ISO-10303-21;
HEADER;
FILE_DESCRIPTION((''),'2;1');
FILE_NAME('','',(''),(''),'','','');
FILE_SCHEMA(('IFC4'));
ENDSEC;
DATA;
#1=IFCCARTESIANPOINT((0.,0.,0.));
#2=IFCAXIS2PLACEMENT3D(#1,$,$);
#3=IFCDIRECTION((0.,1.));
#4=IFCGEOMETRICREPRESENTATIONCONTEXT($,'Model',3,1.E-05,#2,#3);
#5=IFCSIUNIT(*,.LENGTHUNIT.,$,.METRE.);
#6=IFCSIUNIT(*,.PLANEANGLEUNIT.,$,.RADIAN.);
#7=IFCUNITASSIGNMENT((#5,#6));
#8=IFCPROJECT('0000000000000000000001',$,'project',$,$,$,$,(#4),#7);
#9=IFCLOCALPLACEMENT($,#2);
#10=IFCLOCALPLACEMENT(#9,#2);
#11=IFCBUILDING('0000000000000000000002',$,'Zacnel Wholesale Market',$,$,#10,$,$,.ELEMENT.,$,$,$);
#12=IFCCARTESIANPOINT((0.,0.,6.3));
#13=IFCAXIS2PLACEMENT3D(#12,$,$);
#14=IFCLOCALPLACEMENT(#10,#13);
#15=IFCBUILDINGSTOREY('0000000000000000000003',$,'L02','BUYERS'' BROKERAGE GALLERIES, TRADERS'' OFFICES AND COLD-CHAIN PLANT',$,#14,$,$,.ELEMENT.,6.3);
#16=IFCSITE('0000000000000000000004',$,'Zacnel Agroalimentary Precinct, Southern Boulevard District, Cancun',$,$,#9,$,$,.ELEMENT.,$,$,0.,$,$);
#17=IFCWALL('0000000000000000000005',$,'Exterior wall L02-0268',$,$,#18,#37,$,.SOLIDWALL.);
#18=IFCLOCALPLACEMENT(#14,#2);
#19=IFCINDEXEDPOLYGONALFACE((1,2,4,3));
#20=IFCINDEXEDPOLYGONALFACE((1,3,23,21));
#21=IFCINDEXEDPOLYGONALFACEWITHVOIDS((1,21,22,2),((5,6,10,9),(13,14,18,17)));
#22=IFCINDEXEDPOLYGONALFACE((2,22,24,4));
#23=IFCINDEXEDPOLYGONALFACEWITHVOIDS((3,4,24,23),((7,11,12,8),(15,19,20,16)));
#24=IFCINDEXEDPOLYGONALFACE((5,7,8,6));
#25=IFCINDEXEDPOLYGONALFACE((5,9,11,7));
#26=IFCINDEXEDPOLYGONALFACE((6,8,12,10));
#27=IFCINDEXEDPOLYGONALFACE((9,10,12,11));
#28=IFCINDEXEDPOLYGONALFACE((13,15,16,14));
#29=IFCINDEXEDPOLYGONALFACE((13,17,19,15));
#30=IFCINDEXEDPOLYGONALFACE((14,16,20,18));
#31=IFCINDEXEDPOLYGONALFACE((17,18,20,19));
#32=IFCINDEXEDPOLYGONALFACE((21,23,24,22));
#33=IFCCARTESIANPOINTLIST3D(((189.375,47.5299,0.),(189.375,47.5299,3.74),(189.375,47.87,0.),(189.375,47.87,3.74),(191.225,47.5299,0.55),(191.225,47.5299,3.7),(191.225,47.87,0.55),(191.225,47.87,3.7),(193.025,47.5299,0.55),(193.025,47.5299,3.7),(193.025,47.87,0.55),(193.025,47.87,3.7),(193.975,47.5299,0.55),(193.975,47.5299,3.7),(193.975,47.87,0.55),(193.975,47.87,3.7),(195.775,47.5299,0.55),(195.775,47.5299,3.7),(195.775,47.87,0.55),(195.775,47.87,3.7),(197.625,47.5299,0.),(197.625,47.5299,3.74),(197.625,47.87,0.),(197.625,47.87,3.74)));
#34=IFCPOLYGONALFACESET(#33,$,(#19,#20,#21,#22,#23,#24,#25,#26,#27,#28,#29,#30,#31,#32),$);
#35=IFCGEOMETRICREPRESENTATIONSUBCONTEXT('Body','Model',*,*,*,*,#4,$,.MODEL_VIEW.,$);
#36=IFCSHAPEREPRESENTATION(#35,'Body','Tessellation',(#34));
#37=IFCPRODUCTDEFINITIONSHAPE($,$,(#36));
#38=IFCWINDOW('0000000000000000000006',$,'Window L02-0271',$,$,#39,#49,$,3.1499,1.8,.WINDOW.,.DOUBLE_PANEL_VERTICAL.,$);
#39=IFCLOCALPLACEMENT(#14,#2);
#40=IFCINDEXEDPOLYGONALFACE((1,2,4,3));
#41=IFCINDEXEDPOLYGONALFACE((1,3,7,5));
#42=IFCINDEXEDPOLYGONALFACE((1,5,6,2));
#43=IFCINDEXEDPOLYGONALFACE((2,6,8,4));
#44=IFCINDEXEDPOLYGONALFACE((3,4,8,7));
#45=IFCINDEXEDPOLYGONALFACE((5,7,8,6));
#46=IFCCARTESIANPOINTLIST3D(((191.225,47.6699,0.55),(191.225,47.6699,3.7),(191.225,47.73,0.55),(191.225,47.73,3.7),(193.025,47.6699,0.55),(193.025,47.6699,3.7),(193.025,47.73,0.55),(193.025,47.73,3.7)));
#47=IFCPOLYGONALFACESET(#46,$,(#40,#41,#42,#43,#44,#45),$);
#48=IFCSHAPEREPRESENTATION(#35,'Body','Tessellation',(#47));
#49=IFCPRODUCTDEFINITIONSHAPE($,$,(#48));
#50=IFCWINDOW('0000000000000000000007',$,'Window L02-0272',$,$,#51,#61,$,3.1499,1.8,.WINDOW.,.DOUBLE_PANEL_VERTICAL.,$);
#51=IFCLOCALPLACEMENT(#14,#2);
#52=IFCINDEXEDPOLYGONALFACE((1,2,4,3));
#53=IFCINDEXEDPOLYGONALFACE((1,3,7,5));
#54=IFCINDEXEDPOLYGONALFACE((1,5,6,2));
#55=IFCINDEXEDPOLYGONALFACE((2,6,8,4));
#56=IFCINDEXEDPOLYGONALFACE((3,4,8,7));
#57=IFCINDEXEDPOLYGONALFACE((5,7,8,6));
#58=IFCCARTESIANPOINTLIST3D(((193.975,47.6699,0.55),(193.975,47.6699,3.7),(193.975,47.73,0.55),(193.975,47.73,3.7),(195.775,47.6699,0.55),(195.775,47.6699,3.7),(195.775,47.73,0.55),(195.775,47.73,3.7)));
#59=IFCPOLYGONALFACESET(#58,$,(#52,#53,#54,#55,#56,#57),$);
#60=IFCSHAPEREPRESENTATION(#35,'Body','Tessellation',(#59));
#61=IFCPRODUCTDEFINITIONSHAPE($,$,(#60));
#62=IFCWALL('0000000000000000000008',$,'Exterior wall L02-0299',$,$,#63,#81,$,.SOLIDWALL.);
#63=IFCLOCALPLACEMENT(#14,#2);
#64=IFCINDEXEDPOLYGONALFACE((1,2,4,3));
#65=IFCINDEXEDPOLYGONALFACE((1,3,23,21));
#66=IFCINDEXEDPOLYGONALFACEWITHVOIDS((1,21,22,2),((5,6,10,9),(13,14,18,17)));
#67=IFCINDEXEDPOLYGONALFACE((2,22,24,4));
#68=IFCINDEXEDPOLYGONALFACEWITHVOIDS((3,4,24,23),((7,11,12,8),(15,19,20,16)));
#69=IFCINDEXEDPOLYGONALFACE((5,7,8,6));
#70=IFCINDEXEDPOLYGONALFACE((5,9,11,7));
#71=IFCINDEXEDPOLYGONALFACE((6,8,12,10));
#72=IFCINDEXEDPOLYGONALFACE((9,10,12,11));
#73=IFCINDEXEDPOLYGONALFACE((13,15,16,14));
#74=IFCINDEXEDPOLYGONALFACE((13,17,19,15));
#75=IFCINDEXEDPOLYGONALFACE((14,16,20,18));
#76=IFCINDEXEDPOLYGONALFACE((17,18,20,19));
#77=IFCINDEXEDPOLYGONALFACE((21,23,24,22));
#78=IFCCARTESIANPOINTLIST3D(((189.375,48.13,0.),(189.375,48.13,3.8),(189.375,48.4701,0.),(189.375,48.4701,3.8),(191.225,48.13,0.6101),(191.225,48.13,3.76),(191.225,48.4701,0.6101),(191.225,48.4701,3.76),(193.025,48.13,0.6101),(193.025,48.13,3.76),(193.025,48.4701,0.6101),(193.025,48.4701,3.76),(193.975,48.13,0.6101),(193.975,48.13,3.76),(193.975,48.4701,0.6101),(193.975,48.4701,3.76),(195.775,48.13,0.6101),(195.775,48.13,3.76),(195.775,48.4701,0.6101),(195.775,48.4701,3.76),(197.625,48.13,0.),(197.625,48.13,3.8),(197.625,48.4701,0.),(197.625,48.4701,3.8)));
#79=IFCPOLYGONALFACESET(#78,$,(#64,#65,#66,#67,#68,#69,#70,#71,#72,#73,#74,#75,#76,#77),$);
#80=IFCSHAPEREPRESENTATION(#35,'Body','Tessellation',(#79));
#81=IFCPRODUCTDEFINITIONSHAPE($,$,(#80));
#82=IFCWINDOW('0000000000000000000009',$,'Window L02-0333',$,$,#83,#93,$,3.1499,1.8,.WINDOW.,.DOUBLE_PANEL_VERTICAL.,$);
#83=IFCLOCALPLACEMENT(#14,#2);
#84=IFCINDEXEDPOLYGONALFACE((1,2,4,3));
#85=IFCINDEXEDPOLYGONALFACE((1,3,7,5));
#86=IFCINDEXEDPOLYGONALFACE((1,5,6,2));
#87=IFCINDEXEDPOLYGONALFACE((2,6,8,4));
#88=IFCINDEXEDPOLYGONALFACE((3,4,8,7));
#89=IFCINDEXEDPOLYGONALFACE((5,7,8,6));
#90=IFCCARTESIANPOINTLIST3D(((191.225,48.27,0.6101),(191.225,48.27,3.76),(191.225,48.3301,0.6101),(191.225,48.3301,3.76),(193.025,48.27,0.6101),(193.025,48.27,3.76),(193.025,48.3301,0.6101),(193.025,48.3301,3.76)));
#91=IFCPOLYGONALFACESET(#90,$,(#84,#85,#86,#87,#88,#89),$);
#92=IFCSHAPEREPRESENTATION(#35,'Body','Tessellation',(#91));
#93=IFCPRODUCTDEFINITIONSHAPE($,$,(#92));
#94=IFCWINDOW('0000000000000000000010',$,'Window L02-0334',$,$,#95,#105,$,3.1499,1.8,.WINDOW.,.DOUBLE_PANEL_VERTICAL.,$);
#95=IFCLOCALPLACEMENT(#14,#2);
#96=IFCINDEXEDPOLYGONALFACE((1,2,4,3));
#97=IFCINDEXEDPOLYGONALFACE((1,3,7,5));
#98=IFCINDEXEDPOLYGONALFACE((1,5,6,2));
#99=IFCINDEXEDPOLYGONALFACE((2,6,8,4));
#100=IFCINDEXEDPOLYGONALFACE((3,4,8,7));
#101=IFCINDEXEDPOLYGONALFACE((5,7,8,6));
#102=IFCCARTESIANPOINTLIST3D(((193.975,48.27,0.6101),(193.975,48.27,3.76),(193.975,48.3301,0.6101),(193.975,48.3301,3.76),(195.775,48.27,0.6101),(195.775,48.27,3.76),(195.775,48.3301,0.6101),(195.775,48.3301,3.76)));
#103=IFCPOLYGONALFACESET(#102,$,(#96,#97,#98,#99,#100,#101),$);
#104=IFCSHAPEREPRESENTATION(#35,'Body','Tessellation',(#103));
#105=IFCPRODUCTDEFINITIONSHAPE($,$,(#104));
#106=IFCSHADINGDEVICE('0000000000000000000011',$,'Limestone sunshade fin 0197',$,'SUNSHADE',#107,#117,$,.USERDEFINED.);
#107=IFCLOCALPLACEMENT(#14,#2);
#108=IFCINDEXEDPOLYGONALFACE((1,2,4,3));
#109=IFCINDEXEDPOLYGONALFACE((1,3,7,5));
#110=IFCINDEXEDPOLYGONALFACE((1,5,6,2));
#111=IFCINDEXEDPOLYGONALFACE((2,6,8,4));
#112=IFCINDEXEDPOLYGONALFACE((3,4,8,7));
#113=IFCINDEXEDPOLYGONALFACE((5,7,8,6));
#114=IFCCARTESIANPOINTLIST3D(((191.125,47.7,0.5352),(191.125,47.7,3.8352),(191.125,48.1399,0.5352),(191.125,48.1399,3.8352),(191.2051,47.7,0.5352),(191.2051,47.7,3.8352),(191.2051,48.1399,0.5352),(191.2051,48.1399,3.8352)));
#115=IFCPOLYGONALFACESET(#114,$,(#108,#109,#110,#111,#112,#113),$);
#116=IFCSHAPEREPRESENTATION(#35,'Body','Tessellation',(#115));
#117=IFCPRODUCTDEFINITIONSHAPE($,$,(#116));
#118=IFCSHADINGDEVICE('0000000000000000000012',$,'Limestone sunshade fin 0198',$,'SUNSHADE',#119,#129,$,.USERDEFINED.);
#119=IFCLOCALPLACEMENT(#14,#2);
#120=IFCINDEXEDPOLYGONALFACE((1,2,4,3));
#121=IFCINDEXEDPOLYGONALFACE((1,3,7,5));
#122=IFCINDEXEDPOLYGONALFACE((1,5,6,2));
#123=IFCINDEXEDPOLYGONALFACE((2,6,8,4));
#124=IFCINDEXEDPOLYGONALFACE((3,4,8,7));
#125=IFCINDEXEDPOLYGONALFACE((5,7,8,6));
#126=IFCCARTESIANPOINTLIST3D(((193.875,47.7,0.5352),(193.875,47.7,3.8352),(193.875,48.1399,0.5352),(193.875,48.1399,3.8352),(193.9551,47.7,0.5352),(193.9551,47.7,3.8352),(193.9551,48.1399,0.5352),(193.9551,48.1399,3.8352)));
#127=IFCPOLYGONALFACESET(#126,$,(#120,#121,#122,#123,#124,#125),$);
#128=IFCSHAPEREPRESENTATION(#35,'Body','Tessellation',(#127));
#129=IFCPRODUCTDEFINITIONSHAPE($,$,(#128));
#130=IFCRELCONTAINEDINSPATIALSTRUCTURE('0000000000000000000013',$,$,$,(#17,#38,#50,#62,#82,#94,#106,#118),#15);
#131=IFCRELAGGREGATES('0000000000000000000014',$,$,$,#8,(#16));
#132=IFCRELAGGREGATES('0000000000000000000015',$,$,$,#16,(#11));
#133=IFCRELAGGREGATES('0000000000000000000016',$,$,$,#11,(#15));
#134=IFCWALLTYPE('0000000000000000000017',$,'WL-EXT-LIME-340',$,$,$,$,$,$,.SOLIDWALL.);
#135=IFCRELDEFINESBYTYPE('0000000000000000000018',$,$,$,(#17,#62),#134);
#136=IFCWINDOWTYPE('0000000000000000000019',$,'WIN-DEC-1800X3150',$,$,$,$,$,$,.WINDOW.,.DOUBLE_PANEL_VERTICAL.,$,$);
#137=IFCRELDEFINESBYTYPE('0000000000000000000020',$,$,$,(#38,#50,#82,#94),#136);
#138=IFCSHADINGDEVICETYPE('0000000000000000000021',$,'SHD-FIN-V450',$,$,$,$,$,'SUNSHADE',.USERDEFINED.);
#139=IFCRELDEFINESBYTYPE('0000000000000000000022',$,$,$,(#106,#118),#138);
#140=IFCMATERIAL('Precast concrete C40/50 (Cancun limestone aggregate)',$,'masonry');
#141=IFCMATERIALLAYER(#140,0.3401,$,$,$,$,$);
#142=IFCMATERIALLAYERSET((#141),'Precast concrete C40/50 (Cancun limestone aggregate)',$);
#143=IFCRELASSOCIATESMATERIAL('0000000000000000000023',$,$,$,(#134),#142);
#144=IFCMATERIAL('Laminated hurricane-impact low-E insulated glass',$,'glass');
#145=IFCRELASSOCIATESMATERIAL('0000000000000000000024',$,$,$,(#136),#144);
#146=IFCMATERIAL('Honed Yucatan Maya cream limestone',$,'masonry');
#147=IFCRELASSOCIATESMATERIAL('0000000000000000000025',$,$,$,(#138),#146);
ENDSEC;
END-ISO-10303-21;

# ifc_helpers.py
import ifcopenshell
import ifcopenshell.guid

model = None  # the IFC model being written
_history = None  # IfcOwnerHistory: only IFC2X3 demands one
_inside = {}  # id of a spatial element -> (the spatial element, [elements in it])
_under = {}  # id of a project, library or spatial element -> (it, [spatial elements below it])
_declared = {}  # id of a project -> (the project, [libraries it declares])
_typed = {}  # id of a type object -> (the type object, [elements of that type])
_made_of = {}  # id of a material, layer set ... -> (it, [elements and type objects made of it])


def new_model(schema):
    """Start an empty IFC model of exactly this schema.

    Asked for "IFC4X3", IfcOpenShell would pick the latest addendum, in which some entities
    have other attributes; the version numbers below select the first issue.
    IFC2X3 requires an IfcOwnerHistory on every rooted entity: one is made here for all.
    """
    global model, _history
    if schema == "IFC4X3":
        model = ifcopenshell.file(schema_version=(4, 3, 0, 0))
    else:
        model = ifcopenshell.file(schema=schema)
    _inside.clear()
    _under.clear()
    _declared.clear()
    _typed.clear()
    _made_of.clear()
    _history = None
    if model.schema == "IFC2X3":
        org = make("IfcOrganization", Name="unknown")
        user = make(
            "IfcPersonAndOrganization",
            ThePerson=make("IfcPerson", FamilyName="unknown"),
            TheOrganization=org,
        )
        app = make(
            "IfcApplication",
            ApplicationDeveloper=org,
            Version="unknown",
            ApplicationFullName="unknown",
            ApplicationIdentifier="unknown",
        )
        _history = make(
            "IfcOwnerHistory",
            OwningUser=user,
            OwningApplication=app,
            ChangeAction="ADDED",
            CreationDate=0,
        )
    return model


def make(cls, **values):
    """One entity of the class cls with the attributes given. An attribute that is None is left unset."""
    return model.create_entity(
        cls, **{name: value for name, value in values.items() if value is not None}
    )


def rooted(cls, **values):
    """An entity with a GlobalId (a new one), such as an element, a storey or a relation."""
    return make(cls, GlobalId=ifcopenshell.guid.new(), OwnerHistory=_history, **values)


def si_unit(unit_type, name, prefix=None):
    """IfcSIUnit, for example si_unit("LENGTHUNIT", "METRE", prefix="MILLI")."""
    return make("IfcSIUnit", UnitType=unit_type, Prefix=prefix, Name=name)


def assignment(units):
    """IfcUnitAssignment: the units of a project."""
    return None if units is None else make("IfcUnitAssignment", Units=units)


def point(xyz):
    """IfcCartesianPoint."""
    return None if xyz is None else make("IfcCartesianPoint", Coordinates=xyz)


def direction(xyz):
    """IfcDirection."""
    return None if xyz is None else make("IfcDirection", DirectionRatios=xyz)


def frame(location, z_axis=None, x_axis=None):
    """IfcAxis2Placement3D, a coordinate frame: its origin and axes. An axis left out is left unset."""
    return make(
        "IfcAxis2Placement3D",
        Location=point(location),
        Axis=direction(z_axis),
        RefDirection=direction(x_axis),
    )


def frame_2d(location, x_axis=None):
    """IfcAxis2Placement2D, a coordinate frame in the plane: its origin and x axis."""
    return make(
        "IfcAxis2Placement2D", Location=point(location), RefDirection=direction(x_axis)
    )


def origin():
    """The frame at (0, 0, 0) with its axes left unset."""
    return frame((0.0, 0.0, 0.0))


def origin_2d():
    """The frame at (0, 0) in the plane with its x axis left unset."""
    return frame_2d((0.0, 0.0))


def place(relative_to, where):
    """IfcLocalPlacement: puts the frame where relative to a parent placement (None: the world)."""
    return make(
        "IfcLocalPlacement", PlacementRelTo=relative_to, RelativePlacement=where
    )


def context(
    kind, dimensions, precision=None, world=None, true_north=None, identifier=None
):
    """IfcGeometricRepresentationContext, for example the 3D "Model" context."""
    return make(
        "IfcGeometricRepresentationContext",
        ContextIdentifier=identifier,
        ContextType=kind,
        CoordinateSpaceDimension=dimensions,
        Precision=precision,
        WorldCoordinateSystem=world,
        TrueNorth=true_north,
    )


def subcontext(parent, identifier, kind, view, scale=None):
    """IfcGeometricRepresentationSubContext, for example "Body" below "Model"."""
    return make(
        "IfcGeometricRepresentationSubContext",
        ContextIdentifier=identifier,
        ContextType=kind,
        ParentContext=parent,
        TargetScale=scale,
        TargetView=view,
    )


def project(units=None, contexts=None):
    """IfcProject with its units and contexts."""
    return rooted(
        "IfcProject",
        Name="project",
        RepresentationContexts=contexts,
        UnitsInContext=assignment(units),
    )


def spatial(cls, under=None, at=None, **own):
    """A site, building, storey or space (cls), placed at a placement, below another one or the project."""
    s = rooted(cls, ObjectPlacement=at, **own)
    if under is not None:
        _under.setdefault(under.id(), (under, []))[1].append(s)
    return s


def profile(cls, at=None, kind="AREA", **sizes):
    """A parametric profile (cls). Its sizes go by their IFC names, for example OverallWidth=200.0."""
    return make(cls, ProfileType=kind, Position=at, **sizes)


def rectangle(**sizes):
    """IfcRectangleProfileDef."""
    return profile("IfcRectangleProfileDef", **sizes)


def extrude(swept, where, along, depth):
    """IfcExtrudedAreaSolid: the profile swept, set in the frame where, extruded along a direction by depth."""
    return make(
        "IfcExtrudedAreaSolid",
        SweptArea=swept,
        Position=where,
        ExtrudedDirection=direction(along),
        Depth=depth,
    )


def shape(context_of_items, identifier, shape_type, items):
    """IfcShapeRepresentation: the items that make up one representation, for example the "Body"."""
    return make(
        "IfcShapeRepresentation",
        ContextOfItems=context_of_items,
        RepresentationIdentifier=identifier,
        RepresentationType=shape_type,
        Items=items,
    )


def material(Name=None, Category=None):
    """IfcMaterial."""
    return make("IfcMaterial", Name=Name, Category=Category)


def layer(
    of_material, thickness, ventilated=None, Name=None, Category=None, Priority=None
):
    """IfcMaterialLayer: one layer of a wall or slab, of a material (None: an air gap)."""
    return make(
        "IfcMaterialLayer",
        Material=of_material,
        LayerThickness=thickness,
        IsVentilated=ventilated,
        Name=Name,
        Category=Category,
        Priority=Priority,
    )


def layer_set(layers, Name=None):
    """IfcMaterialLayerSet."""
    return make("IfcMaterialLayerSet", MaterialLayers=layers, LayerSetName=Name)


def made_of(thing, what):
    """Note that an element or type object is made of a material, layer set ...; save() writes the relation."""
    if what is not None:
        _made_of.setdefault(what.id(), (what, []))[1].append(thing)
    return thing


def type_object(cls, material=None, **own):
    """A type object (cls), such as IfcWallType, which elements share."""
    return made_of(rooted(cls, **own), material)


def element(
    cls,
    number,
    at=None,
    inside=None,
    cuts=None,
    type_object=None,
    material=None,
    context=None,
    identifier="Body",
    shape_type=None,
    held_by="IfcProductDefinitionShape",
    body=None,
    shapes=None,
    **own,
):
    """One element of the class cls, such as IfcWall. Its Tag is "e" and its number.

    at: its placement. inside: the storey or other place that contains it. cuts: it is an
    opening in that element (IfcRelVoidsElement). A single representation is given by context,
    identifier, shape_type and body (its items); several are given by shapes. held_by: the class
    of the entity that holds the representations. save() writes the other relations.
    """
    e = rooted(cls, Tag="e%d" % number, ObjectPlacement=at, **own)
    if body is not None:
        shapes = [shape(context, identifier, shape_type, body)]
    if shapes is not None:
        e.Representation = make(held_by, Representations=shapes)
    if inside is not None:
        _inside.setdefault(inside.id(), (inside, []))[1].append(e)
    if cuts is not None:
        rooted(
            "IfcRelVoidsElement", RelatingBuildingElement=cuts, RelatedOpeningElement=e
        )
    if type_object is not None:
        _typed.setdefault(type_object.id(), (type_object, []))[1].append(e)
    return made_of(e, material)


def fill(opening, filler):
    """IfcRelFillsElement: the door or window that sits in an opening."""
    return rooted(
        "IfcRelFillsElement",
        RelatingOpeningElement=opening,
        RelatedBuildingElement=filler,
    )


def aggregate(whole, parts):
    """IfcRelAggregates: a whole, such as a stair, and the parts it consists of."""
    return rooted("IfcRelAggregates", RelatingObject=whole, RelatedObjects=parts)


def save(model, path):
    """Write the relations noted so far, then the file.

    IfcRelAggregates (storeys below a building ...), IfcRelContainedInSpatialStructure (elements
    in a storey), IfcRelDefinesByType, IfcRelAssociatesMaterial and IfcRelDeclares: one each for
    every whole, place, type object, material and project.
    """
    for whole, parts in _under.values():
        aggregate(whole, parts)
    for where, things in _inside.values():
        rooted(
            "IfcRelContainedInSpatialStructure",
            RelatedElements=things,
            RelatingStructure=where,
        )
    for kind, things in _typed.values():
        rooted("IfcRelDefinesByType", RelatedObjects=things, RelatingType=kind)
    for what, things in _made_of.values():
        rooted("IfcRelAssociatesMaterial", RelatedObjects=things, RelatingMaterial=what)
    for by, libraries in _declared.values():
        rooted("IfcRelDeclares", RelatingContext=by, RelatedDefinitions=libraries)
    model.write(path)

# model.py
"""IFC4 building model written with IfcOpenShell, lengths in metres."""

from ifc_helpers import new_model, si_unit, direction, frame, frame_2d, origin, origin_2d, place, context, subcontext, project, spatial, rectangle, extrude, material, layer, layer_set, type_object, element, fill, save


model = new_model("IFC4")

# Units and contexts
model_context = context("Model", 3, precision=1e-05, world=origin(), true_north=direction((0.0, 1.0)))
body_context = subcontext(model_context, "Body", "Model", "MODEL_VIEW")
ifc_project = project(units=[si_unit("LENGTHUNIT", "METRE"), si_unit("PLANEANGLEUNIT", "RADIAN")], contexts=[model_context])

# Site, building, storey
site_placement = place(None, origin())
site = spatial("IfcSite", under=ifc_project, at=site_placement, Name="Zacnel Agroalimentary Precinct, Southern Boulevard District, Cancun", CompositionType="ELEMENT", RefElevation=0.0)
building_placement = place(site_placement, origin())
building = spatial("IfcBuilding", under=site, at=building_placement, Name="Zacnel Wholesale Market", CompositionType="ELEMENT")
storey_placement = place(building_placement, frame((0.0, 0.0, 6.3)))
storey = spatial("IfcBuildingStorey", under=building, at=storey_placement, Name="L02", Description="BUYERS' BROKERAGE GALLERIES, TRADERS' OFFICES AND COLD-CHAIN PLANT", CompositionType="ELEMENT", Elevation=6.3)

# Walls, openings, windows
ifc_material_1 = material(Name="Precast concrete C40/50 (Cancun limestone aggregate)", Category="masonry")
ifc_layer = layer(ifc_material_1, 0.3401)
ifc_layer_set = layer_set([ifc_layer], Name="Precast concrete C40/50 (Cancun limestone aggregate)")
wall_type = type_object("IfcWallType", Name="WL-EXT-LIME-340", PredefinedType="SOLIDWALL", material=ifc_layer_set)
wall_1_placement = place(storey_placement, frame((189.375, 47.7, 0.0), z_axis=(0.0, 0.0, 1.0), x_axis=(1.0, 0.0, 0.0)))
wall_1 = element("IfcWall", 1, at=wall_1_placement, inside=storey, type_object=wall_type, Name="Exterior wall L02-0268", PredefinedType="SOLIDWALL", context=body_context, shape_type="SweptSolid", body=[
    extrude(rectangle(XDim=8.25, YDim=0.3401, at=frame_2d((4.125, 0.0))), origin(), (0.0, 0.0, 1.0), 3.74),
])
opening_1_placement = place(wall_1_placement, frame((1.8501, 0.0, 0.55)))
opening_1 = element("IfcOpeningElement", 2, at=opening_1_placement, cuts=wall_1, PredefinedType="OPENING", context=body_context, shape_type="SweptSolid", body=[
    extrude(rectangle(XDim=1.8, YDim=3.1499, at=frame_2d((0.8999, 1.575))), frame((0.0, 0.1799, 0.0), z_axis=(0.0, -1.0, 0.0), x_axis=(1.0, 0.0, 0.0)), (0.0, 0.0, 1.0), 0.3601),
])
opening_2_placement = place(wall_1_placement, frame((4.6001, 0.0, 0.55)))
opening_2 = element("IfcOpeningElement", 3, at=opening_2_placement, cuts=wall_1, PredefinedType="OPENING", context=body_context, shape_type="SweptSolid", body=[
    extrude(rectangle(XDim=1.8, YDim=3.1499, at=frame_2d((0.8999, 1.575))), frame((0.0, 0.1799, 0.0), z_axis=(0.0, -1.0, 0.0), x_axis=(1.0, 0.0, 0.0)), (0.0, 0.0, 1.0), 0.3601),
])
ifc_material_2 = material(Name="Laminated hurricane-impact low-E insulated glass", Category="glass")
window_type = type_object("IfcWindowType", Name="WIN-DEC-1800X3150", PartitioningType="DOUBLE_PANEL_VERTICAL", PredefinedType="WINDOW", material=ifc_material_2)
window_1_placement = place(opening_1_placement, origin())
window_1 = element("IfcWindow", 4, at=window_1_placement, inside=storey, type_object=window_type, Name="Window L02-0271", OverallHeight=3.1499, OverallWidth=1.8, PartitioningType="DOUBLE_PANEL_VERTICAL", PredefinedType="WINDOW", context=body_context, shape_type="SweptSolid", body=[
    extrude(rectangle(XDim=1.8, YDim=3.1499, at=frame_2d((0.8999, 1.575))), frame((0.0, 0.03, 0.0), z_axis=(0.0, -1.0, 0.0), x_axis=(1.0, 0.0, 0.0)), (0.0, 0.0, 1.0), 0.0601),
])
fill(opening_1, window_1)
window_2_placement = place(opening_2_placement, origin())
window_2 = element("IfcWindow", 5, at=window_2_placement, inside=storey, type_object=window_type, Name="Window L02-0272", OverallHeight=3.1499, OverallWidth=1.8, PartitioningType="DOUBLE_PANEL_VERTICAL", PredefinedType="WINDOW", context=body_context, shape_type="SweptSolid", body=[
    extrude(rectangle(XDim=1.8, YDim=3.1499, at=frame_2d((0.8999, 1.575))), frame((0.0, 0.03, 0.0), z_axis=(0.0, -1.0, 0.0), x_axis=(1.0, 0.0, 0.0)), (0.0, 0.0, 1.0), 0.0601),
])
fill(opening_2, window_2)
wall_2_placement = place(storey_placement, frame((189.375, 48.3, 0.0), z_axis=(0.0, 0.0, 1.0), x_axis=(1.0, 0.0, 0.0)))
wall_2 = element("IfcWall", 6, at=wall_2_placement, inside=storey, type_object=wall_type, Name="Exterior wall L02-0299", PredefinedType="SOLIDWALL", context=body_context, shape_type="SweptSolid", body=[
    extrude(rectangle(XDim=8.25, YDim=0.3401, at=frame_2d((4.125, 0.0))), origin(), (0.0, 0.0, 1.0), 3.8),
])
opening_3_placement = place(wall_2_placement, frame((1.8501, 0.0, 0.6101)))
opening_3 = element("IfcOpeningElement", 7, at=opening_3_placement, cuts=wall_2, PredefinedType="OPENING", context=body_context, shape_type="SweptSolid", body=[
    extrude(rectangle(XDim=1.8, YDim=3.1499, at=frame_2d((0.8999, 1.575))), frame((0.0, 0.1799, 0.0), z_axis=(0.0, -1.0, 0.0), x_axis=(1.0, 0.0, 0.0)), (0.0, 0.0, 1.0), 0.3601),
])
opening_4_placement = place(wall_2_placement, frame((4.6001, 0.0, 0.6101)))
opening_4 = element("IfcOpeningElement", 8, at=opening_4_placement, cuts=wall_2, PredefinedType="OPENING", context=body_context, shape_type="SweptSolid", body=[
    extrude(rectangle(XDim=1.8, YDim=3.1499, at=frame_2d((0.8999, 1.575))), frame((0.0, 0.1799, 0.0), z_axis=(0.0, -1.0, 0.0), x_axis=(1.0, 0.0, 0.0)), (0.0, 0.0, 1.0), 0.3601),
])
window_3_placement = place(opening_3_placement, origin())
window_3 = element("IfcWindow", 9, at=window_3_placement, inside=storey, type_object=window_type, Name="Window L02-0333", OverallHeight=3.1499, OverallWidth=1.8, PartitioningType="DOUBLE_PANEL_VERTICAL", PredefinedType="WINDOW", context=body_context, shape_type="SweptSolid", body=[
    extrude(rectangle(XDim=1.8, YDim=3.1499, at=frame_2d((0.8999, 1.575))), frame((0.0, 0.03, 0.0), z_axis=(0.0, -1.0, 0.0), x_axis=(1.0, 0.0, 0.0)), (0.0, 0.0, 1.0), 0.0601),
])
fill(opening_3, window_3)
window_4_placement = place(opening_4_placement, origin())
window_4 = element("IfcWindow", 10, at=window_4_placement, inside=storey, type_object=window_type, Name="Window L02-0334", OverallHeight=3.1499, OverallWidth=1.8, PartitioningType="DOUBLE_PANEL_VERTICAL", PredefinedType="WINDOW", context=body_context, shape_type="SweptSolid", body=[
    extrude(rectangle(XDim=1.8, YDim=3.1499, at=frame_2d((0.8999, 1.575))), frame((0.0, 0.03, 0.0), z_axis=(0.0, -1.0, 0.0), x_axis=(1.0, 0.0, 0.0)), (0.0, 0.0, 1.0), 0.0601),
])
fill(opening_4, window_4)

# Shading devices
ifc_material_3 = material(Name="Honed Yucatan Maya cream limestone", Category="masonry")
shading_device_type = type_object("IfcShadingDeviceType", Name="SHD-FIN-V450", ElementType="SUNSHADE", PredefinedType="USERDEFINED", material=ifc_material_3)
for number, where, z_axis, x_axis, name in (
    (11, (191.165, 47.9199, 0.5352), (0.0, 0.0, 1.0), (1.0, 0.0, 0.0), "Limestone sunshade fin 0197"),
    (12, (193.915, 47.9199, 0.5352), (0.0, 0.0, 1.0), (1.0, 0.0, 0.0), "Limestone sunshade fin 0198"),
):
    element("IfcShadingDevice", number, at=place(storey_placement, frame(where, z_axis=z_axis, x_axis=x_axis)), inside=storey, type_object=shading_device_type, Name=name, ObjectType="SUNSHADE", PredefinedType="USERDEFINED", context=body_context, shape_type="SweptSolid", body=[
        extrude(rectangle(XDim=0.0801, YDim=0.4399, at=origin_2d()), origin(), (0.0, 0.0, 1.0), 3.3),
    ])

save(model, "model.ifc")
